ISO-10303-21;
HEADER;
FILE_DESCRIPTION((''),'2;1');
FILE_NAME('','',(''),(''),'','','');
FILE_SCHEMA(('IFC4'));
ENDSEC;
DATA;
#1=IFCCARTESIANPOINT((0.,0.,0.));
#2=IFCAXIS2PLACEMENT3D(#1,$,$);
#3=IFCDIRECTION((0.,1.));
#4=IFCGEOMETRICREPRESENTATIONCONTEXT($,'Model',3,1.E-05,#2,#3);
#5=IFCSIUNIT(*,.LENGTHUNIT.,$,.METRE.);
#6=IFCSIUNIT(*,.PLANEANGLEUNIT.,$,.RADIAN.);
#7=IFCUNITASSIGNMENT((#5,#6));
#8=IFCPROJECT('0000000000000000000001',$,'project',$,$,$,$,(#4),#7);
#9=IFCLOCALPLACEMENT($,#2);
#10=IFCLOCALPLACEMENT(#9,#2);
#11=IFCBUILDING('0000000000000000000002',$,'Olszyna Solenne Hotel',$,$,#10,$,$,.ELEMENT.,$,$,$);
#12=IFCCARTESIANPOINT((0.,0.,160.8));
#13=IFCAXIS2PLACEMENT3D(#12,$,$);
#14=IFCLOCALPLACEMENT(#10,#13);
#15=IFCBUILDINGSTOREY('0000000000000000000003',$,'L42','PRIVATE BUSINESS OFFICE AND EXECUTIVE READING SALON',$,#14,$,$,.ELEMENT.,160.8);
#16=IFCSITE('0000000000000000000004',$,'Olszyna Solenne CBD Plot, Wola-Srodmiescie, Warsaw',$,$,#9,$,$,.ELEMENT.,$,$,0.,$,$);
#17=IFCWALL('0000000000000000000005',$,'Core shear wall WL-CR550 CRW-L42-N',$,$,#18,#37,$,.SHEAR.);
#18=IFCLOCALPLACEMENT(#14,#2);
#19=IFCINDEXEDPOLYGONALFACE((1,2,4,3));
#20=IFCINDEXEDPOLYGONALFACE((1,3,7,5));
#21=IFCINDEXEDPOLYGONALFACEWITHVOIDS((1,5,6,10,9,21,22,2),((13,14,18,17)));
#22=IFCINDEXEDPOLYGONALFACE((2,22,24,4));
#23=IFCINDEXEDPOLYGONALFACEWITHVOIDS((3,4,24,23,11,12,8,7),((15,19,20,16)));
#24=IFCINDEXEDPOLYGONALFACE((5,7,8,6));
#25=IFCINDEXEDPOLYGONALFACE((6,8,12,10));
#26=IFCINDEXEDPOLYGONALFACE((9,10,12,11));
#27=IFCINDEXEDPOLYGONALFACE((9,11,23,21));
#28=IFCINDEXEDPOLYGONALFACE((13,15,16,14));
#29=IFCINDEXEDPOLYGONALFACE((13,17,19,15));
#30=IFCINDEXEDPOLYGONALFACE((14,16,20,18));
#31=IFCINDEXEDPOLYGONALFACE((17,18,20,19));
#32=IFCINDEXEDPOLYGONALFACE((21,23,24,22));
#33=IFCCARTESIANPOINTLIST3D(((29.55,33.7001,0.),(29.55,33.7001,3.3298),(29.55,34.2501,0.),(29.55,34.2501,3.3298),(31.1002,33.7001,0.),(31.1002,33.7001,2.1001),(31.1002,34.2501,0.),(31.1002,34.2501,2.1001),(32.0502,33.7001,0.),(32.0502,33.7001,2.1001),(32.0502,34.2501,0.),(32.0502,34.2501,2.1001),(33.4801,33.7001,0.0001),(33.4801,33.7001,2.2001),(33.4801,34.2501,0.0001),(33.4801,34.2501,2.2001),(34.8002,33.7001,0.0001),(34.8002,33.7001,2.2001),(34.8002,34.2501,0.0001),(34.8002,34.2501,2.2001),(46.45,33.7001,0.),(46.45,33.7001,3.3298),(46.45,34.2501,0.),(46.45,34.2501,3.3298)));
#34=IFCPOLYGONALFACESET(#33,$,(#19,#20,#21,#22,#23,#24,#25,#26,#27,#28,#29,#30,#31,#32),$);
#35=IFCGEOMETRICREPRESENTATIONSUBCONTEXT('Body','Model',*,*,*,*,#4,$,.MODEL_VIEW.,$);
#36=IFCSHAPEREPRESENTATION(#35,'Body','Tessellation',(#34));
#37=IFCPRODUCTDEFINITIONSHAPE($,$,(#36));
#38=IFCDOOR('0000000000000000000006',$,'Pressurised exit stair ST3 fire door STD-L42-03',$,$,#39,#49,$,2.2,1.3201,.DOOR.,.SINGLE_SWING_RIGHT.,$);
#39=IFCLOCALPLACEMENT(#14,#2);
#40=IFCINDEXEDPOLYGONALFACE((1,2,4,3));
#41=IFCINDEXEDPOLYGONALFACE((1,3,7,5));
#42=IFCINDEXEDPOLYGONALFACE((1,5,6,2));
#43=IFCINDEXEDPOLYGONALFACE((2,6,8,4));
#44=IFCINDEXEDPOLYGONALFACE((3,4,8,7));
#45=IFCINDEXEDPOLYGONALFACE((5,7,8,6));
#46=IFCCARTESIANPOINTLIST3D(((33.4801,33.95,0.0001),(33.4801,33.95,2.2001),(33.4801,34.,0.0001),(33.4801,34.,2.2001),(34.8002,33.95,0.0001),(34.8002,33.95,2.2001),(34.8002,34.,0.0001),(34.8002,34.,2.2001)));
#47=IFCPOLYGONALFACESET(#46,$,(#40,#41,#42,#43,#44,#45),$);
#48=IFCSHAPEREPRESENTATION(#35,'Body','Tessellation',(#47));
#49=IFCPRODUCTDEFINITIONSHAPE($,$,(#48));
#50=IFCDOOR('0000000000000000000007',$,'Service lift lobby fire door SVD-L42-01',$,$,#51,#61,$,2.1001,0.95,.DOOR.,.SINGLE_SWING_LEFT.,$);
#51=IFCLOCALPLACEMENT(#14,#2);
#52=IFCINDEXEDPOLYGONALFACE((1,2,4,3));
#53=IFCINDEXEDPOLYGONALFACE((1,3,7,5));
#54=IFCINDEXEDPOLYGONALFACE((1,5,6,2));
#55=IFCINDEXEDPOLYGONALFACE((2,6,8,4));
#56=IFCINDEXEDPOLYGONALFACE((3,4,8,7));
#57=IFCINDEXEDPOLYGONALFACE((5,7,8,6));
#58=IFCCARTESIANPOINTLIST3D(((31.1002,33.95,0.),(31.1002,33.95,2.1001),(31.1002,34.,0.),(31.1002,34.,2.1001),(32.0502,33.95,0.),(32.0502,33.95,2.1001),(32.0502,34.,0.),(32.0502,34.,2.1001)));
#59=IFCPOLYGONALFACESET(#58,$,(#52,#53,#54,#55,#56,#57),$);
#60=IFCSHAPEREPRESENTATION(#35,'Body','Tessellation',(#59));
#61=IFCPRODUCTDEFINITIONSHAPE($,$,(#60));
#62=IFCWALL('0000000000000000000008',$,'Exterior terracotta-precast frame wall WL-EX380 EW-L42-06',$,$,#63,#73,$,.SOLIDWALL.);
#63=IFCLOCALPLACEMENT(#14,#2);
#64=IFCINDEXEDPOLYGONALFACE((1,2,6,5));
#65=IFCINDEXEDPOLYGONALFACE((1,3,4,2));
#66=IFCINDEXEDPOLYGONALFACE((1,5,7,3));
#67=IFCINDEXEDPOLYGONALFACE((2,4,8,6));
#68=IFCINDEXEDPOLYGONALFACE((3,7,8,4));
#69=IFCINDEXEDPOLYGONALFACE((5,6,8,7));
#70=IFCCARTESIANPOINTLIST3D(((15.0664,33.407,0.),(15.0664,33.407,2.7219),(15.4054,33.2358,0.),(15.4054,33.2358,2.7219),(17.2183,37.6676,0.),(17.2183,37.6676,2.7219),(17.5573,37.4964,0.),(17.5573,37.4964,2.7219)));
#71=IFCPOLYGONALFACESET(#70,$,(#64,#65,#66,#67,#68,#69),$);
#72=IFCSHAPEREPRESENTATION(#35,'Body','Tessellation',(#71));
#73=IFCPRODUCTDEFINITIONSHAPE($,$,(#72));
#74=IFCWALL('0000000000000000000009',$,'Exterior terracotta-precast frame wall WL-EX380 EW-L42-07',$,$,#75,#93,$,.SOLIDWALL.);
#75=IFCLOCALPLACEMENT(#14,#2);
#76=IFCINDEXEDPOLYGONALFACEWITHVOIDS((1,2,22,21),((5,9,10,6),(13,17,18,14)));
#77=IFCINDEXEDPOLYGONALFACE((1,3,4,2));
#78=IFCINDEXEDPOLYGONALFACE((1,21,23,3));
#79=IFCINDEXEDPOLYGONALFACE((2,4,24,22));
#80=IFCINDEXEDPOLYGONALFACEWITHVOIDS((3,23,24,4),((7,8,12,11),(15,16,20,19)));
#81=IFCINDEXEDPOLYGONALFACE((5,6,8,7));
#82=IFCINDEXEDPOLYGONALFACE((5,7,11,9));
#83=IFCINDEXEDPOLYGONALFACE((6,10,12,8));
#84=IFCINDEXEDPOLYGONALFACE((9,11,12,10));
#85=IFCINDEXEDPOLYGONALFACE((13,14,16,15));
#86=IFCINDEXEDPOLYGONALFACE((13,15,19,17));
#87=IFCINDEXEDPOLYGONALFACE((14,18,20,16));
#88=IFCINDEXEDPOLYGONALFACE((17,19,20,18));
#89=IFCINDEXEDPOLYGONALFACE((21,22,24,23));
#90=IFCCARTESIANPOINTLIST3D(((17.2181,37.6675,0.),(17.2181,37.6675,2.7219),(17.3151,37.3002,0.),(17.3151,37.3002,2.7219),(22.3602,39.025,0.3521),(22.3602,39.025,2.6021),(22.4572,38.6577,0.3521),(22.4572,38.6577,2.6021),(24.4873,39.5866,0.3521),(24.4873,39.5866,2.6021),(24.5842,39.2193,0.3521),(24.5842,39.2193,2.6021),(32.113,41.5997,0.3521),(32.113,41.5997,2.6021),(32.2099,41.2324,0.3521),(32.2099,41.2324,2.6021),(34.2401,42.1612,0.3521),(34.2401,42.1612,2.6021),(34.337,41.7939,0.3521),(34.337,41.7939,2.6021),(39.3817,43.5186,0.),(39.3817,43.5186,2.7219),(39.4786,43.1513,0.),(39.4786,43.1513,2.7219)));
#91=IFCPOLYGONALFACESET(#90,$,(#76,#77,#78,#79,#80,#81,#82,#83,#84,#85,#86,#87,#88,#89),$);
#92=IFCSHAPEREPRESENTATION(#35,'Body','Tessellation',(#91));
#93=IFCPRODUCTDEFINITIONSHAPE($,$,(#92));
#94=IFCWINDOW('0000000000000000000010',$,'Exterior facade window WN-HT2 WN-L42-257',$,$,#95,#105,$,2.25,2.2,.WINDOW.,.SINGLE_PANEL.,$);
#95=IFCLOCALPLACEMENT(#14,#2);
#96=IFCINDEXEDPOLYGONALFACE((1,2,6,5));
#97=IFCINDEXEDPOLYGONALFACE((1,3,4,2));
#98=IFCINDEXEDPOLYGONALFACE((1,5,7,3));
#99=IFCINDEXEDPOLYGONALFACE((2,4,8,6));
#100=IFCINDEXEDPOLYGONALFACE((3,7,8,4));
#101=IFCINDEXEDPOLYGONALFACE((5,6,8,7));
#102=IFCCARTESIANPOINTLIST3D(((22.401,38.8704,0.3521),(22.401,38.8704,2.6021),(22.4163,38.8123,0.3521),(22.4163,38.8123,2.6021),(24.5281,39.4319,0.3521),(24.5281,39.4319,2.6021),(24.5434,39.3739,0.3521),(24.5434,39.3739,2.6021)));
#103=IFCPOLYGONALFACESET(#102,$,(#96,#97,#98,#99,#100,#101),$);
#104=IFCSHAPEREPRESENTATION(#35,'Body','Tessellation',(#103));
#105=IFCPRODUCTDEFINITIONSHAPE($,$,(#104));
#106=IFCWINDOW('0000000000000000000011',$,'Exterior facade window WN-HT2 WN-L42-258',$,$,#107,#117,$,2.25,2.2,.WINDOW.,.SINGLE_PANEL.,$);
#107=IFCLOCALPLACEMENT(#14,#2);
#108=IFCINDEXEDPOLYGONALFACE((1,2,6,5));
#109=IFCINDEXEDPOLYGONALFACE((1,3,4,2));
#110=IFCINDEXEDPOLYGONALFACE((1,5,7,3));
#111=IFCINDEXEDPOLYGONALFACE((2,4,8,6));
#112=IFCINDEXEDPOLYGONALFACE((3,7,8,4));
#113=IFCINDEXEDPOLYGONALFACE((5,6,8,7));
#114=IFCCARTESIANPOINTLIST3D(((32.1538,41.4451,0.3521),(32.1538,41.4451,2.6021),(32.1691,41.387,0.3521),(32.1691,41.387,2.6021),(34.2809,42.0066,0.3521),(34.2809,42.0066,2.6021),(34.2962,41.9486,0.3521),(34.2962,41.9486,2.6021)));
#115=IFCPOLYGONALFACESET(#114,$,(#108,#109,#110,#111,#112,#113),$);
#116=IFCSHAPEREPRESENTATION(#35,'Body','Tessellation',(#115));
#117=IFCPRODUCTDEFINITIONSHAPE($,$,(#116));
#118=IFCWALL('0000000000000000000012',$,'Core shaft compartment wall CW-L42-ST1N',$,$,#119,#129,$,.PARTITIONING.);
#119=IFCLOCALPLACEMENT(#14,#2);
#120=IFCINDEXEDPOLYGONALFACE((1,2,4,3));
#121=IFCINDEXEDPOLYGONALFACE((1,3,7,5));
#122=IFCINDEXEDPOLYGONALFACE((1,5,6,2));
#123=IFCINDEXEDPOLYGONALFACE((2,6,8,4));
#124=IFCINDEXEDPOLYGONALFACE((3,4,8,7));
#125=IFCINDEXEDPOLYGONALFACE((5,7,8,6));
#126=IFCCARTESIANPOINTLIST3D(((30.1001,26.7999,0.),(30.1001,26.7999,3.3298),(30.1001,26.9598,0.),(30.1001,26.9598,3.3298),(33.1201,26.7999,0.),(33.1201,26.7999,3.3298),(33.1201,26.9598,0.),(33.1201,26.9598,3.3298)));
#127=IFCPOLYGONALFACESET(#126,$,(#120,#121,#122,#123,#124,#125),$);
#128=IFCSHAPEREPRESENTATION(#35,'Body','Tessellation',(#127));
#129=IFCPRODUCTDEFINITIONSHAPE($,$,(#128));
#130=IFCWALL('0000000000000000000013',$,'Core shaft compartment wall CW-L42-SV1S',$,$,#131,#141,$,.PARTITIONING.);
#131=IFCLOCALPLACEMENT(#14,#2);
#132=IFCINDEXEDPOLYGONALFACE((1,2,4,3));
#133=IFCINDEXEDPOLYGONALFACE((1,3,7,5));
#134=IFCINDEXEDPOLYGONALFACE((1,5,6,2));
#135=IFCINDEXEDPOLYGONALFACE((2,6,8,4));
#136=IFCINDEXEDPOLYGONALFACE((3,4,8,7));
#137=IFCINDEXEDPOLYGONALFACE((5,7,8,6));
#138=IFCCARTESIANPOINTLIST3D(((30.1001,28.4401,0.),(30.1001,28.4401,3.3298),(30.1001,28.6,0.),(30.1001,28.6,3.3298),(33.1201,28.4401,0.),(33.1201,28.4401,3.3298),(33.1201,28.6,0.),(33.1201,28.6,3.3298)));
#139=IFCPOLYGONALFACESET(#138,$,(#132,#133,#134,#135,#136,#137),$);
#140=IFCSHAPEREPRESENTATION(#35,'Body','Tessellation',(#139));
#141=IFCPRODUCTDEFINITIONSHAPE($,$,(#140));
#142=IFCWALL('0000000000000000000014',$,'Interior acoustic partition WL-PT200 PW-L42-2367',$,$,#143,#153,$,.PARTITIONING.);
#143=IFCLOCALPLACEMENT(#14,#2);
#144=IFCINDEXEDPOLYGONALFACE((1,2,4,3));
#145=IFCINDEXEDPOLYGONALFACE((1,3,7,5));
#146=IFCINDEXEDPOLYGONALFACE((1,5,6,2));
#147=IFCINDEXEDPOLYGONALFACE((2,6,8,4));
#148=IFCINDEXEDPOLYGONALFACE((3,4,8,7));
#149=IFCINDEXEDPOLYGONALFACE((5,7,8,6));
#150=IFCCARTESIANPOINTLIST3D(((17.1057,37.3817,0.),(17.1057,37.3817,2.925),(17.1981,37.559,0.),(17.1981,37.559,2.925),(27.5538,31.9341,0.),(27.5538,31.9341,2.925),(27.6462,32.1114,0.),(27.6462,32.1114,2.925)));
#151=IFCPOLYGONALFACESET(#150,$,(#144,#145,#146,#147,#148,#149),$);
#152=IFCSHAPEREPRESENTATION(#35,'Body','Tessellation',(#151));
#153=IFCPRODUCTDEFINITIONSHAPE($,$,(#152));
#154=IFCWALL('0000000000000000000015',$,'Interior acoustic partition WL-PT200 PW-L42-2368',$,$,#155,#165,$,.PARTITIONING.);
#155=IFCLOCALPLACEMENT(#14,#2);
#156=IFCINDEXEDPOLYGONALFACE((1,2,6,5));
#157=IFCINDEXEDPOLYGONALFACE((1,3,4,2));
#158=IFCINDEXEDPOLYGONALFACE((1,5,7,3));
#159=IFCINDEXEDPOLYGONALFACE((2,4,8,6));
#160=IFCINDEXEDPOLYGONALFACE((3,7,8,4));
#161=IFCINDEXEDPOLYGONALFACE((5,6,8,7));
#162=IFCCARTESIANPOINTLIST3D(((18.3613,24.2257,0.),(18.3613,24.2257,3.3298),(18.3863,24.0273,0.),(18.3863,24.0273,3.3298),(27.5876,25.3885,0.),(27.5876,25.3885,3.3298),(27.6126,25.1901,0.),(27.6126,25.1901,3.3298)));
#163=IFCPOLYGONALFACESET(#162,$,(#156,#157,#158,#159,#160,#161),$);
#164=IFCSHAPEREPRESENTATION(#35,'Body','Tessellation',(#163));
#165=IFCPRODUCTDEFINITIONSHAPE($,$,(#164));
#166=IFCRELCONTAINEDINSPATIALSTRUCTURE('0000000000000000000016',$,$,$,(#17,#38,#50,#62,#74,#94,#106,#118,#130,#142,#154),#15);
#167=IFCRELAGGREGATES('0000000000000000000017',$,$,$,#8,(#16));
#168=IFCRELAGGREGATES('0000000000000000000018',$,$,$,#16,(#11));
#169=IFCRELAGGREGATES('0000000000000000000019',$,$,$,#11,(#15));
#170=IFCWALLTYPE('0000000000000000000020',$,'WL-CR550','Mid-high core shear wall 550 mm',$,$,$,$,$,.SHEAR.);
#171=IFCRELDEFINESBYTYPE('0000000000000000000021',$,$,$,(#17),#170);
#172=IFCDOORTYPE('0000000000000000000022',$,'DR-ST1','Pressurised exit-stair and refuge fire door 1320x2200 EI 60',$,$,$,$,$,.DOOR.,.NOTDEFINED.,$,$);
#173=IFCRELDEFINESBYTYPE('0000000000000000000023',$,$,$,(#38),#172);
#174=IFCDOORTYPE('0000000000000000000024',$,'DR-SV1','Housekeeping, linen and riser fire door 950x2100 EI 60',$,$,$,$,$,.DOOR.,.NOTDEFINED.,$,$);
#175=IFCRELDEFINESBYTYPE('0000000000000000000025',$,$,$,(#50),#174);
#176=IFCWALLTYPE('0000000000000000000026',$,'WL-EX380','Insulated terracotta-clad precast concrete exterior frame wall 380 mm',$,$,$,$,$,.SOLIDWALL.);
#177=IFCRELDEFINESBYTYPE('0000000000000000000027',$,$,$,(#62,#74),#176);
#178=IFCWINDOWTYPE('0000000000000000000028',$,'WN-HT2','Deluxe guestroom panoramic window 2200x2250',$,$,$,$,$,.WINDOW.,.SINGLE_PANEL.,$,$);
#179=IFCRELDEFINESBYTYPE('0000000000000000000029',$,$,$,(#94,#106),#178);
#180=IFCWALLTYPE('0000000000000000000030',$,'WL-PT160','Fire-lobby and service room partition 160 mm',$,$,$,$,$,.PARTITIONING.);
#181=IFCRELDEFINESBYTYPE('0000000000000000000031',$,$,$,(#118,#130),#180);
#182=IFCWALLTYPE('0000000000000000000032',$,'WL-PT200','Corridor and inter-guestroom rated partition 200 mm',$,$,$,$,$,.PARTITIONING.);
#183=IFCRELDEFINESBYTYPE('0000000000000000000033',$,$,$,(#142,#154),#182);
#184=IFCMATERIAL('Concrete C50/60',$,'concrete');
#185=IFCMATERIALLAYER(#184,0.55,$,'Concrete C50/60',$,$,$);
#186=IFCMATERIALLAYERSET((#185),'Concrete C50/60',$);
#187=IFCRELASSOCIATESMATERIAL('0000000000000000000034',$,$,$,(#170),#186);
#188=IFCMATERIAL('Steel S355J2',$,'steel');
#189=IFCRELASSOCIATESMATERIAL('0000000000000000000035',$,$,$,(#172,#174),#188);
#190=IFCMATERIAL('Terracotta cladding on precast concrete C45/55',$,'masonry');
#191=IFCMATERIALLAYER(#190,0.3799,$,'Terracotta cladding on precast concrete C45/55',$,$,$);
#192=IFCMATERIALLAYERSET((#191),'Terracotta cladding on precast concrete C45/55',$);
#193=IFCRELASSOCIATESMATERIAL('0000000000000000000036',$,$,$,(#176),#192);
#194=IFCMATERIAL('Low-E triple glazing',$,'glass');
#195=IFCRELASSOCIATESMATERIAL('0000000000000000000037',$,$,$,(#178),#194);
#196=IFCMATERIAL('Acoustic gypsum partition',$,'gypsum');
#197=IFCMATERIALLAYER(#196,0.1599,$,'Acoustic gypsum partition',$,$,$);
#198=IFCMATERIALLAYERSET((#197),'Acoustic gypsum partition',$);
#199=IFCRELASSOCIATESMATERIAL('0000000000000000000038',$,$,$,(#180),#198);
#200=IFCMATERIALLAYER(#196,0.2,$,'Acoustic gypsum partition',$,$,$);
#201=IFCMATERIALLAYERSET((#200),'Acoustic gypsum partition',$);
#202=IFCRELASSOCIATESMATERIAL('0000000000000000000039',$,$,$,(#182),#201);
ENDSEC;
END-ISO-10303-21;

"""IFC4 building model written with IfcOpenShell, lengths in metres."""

from ifc_helpers import new_model, si_unit, direction, frame, frame_2d, origin, place, context, subcontext, project, spatial, rectangle, extrude, source, transform, mapped, material, layer, layer_set, type_object, type_shapes, element, fill, save


model = new_model("IFC4")

# Units and contexts
model_context = context("Model", 3, precision=1e-05, world=origin(), true_north=direction((0.0, 1.0)))
body_context = subcontext(model_context, "Body", "Model", "MODEL_VIEW")
ifc_project = project(units=[si_unit("LENGTHUNIT", "METRE"), si_unit("PLANEANGLEUNIT", "RADIAN")], contexts=[model_context])

# Site, building, storey
site_placement = place(None, origin())
site = spatial("IfcSite", under=ifc_project, at=site_placement, Name="Olszyna Solenne CBD Plot, Wola-Srodmiescie, Warsaw", CompositionType="ELEMENT", RefElevation=0.0)
building_placement = place(site_placement, origin())
building = spatial("IfcBuilding", under=site, at=building_placement, Name="Olszyna Solenne Hotel", CompositionType="ELEMENT")
storey_placement = place(building_placement, frame((0.0, 0.0, 160.8)))
storey = spatial("IfcBuildingStorey", under=building, at=storey_placement, Name="L42", Description="PRIVATE BUSINESS OFFICE AND EXECUTIVE READING SALON", CompositionType="ELEMENT", Elevation=160.8)

# Shared definitions
ifc_material_1 = material(Name="Steel S355J2", Category="steel")

# Wall, openings, doors
ifc_material_2 = material(Name="Concrete C50/60", Category="concrete")
ifc_layer_1 = layer(ifc_material_2, 0.55, Name="Concrete C50/60")
ifc_layer_set_1 = layer_set([ifc_layer_1], Name="Concrete C50/60")
wall_type_1 = type_object("IfcWallType", Name="WL-CR550", Description="Mid-high core shear wall 550 mm", PredefinedType="SHEAR", material=ifc_layer_set_1)
wall_1_placement = place(storey_placement, frame((29.55, 33.9751, 0.0), z_axis=(0.0, 0.0, 1.0), x_axis=(1.0, 0.0, 0.0)))
wall_1 = element("IfcWall", 1, at=wall_1_placement, inside=storey, type_object=wall_type_1, Name="Core shear wall WL-CR550 CRW-L42-N", PredefinedType="SHEAR", context=body_context, shape_type="SweptSolid", body=[
    extrude(rectangle(XDim=16.8999, YDim=0.55, at=frame_2d((8.45, 0.0))), origin(), (0.0, 0.0, 1.0), 3.3298),
])
opening_1_placement = place(wall_1_placement, frame((1.55, 0.0, 0.0)))
opening_1 = element("IfcOpeningElement", 2, at=opening_1_placement, cuts=wall_1, PredefinedType="OPENING", context=body_context, shape_type="SweptSolid", body=[
    extrude(rectangle(XDim=0.95, YDim=2.1001, at=frame_2d((0.4751, 1.05))), frame((0.0, 0.2852, 0.0), z_axis=(0.0, -1.0, 0.0), x_axis=(1.0, 0.0, 0.0)), (0.0, 0.0, 1.0), 0.5701),
])
opening_2_placement = place(wall_1_placement, frame((3.9299, 0.0, 0.0)))
opening_2 = element("IfcOpeningElement", 3, at=opening_2_placement, cuts=wall_1, PredefinedType="OPENING", context=body_context, shape_type="SweptSolid", body=[
    extrude(rectangle(XDim=1.3201, YDim=2.2, at=frame_2d((0.6602, 1.1001))), frame((0.0, 0.2852, 0.0), z_axis=(0.0, -1.0, 0.0), x_axis=(1.0, 0.0, 0.0)), (0.0, 0.0, 1.0), 0.5701),
])
door_type_1 = type_object("IfcDoorType", Name="DR-ST1", Description="Pressurised exit-stair and refuge fire door 1320x2200 EI 60", OperationType="NOTDEFINED", PredefinedType="DOOR", material=ifc_material_1)
shared_shape_1 = source(origin(), body_context, "Body", "SweptSolid", [
    extrude(rectangle(XDim=1.3201, YDim=2.2, at=frame_2d((0.6602, 1.1001))), frame((0.0, 0.0249, 0.0), z_axis=(0.0, -1.0, 0.0), x_axis=(1.0, 0.0, 0.0)), (0.0, 0.0, 1.0), 0.05),
])
type_shapes(door_type_1, [shared_shape_1])
door_1_placement = place(opening_2_placement, origin())
door_1 = element("IfcDoor", 4, at=door_1_placement, inside=storey, type_object=door_type_1, Name="Pressurised exit stair ST3 fire door STD-L42-03", OperationType="SINGLE_SWING_RIGHT", OverallHeight=2.2, OverallWidth=1.3201, PredefinedType="DOOR", context=body_context, shape_type="MappedRepresentation", body=[
    mapped(shared_shape_1, transform((0.0, 0.0, 0.0), x_axis=(1.0, 0.0, 0.0), y_axis=(0.0, 1.0, 0.0), z_axis=(0.0, 0.0, 1.0), scale=1.0)),
])
fill(opening_2, door_1)
door_type_2 = type_object("IfcDoorType", Name="DR-SV1", Description="Housekeeping, linen and riser fire door 950x2100 EI 60", OperationType="NOTDEFINED", PredefinedType="DOOR", material=ifc_material_1)
shared_shape_2 = source(origin(), body_context, "Body", "SweptSolid", [
    extrude(rectangle(XDim=0.95, YDim=2.1001, at=frame_2d((0.4751, 1.05))), frame((0.0, 0.0249, 0.0), z_axis=(0.0, -1.0, 0.0), x_axis=(1.0, 0.0, 0.0)), (0.0, 0.0, 1.0), 0.05),
])
type_shapes(door_type_2, [shared_shape_2])
door_2_placement = place(opening_1_placement, origin())
door_2 = element("IfcDoor", 5, at=door_2_placement, inside=storey, type_object=door_type_2, Name="Service lift lobby fire door SVD-L42-01", OperationType="SINGLE_SWING_LEFT", OverallHeight=2.1001, OverallWidth=0.95, PredefinedType="DOOR", context=body_context, shape_type="MappedRepresentation", body=[
    mapped(shared_shape_2, transform((0.0, 0.0, 0.0), x_axis=(1.0, 0.0, 0.0), y_axis=(0.0, 1.0, 0.0), z_axis=(0.0, 0.0, 1.0), scale=1.0)),
])
fill(opening_1, door_2)

# Wall
ifc_material_3 = material(Name="Terracotta cladding on precast concrete C45/55", Category="masonry")
ifc_layer_2 = layer(ifc_material_3, 0.3799, Name="Terracotta cladding on precast concrete C45/55")
ifc_layer_set_2 = layer_set([ifc_layer_2], Name="Terracotta cladding on precast concrete C45/55")
wall_type_2 = type_object("IfcWallType", Name="WL-EX380", Description="Insulated terracotta-clad precast concrete exterior frame wall 380 mm", PredefinedType="SOLIDWALL", material=ifc_layer_set_2)
wall_2_placement = place(storey_placement, frame((15.2358, 33.3213, 0.0), z_axis=(0.0, 0.0, 1.0), x_axis=(0.450831, 0.892609, 0.0)))
element("IfcWall", 6, at=wall_2_placement, inside=storey, type_object=wall_type_2, Name="Exterior terracotta-precast frame wall WL-EX380 EW-L42-06", PredefinedType="SOLIDWALL", context=body_context, shape_type="SweptSolid", body=[
    extrude(rectangle(XDim=4.7732, YDim=0.3799, at=frame_2d((2.3867, 0.0))), origin(), (0.0, 0.0, 1.0), 2.7219),
])

# Wall, openings, windows
wall_3_placement = place(storey_placement, frame((17.2666, 37.4839, 0.0), z_axis=(0.0, 0.0, 1.0), x_axis=(0.966875, 0.25525, 0.0)))
wall_3 = element("IfcWall", 7, at=wall_3_placement, inside=storey, type_object=wall_type_2, Name="Exterior terracotta-precast frame wall WL-EX380 EW-L42-07", PredefinedType="SOLIDWALL", context=body_context, shape_type="SweptSolid", body=[
    extrude(rectangle(XDim=22.9229, YDim=0.3799, at=frame_2d((11.4614, 0.0))), origin(), (0.0, 0.0, 1.0), 2.7219),
])
opening_3_placement = place(wall_3_placement, frame((5.3181, 0.0, 0.3521)))
opening_3 = element("IfcOpeningElement", 8, at=opening_3_placement, cuts=wall_3, PredefinedType="OPENING", context=body_context, shape_type="SweptSolid", body=[
    extrude(rectangle(XDim=2.2, YDim=2.25, at=frame_2d((1.1001, 1.125))), frame((0.0, 0.2, 0.0), z_axis=(0.0, -1.0, 0.0), x_axis=(1.0, 0.0, 0.0)), (0.0, 0.0, 1.0), 0.3999),
])
opening_4_placement = place(wall_3_placement, frame((15.405, 0.0, 0.3521)))
opening_4 = element("IfcOpeningElement", 9, at=opening_4_placement, cuts=wall_3, PredefinedType="OPENING", context=body_context, shape_type="SweptSolid", body=[
    extrude(rectangle(XDim=2.2, YDim=2.25, at=frame_2d((1.1001, 1.125))), frame((0.0, 0.2, 0.0), z_axis=(0.0, -1.0, 0.0), x_axis=(1.0, 0.0, 0.0)), (0.0, 0.0, 1.0), 0.3999),
])
ifc_material_4 = material(Name="Low-E triple glazing", Category="glass")
window_type = type_object("IfcWindowType", Name="WN-HT2", Description="Deluxe guestroom panoramic window 2200x2250", PartitioningType="SINGLE_PANEL", PredefinedType="WINDOW", material=ifc_material_4)
shared_shape_3 = source(origin(), body_context, "Body", "SweptSolid", [
    extrude(rectangle(XDim=2.2, YDim=2.25, at=frame_2d((1.1001, 1.125))), frame((0.0, 0.03, 0.0), z_axis=(0.0, -1.0, 0.0), x_axis=(1.0, 0.0, 0.0)), (0.0, 0.0, 1.0), 0.0601),
])
type_shapes(window_type, [shared_shape_3])
window_1_placement = place(opening_3_placement, origin())
window_1 = element("IfcWindow", 10, at=window_1_placement, inside=storey, type_object=window_type, Name="Exterior facade window WN-HT2 WN-L42-257", OverallHeight=2.25, OverallWidth=2.2, PartitioningType="SINGLE_PANEL", PredefinedType="WINDOW", context=body_context, shape_type="MappedRepresentation", body=[
    mapped(shared_shape_3, transform((0.0, 0.0, 0.0), x_axis=(1.0, 0.0, 0.0), y_axis=(0.0, 1.0, 0.0), z_axis=(0.0, 0.0, 1.0), scale=1.0)),
])
fill(opening_3, window_1)
window_2_placement = place(opening_4_placement, origin())
window_2 = element("IfcWindow", 11, at=window_2_placement, inside=storey, type_object=window_type, Name="Exterior facade window WN-HT2 WN-L42-258", OverallHeight=2.25, OverallWidth=2.2, PartitioningType="SINGLE_PANEL", PredefinedType="WINDOW", context=body_context, shape_type="MappedRepresentation", body=[
    mapped(shared_shape_3, transform((0.0, 0.0, 0.0), x_axis=(1.0, 0.0, 0.0), y_axis=(0.0, 1.0, 0.0), z_axis=(0.0, 0.0, 1.0), scale=1.0)),
])
fill(opening_4, window_2)

# Walls
ifc_material_5 = material(Name="Acoustic gypsum partition", Category="gypsum")
ifc_layer_3 = layer(ifc_material_5, 0.1599, Name="Acoustic gypsum partition")
ifc_layer_set_3 = layer_set([ifc_layer_3], Name="Acoustic gypsum partition")
wall_type_3 = type_object("IfcWallType", Name="WL-PT160", Description="Fire-lobby and service room partition 160 mm", PredefinedType="PARTITIONING", material=ifc_layer_set_3)
for number, where, z_axis, x_axis, name in (
    (12, (30.1001, 26.8799, 0.0), (0.0, 0.0, 1.0), (1.0, 0.0, 0.0), "Core shaft compartment wall CW-L42-ST1N"),
    (13, (30.1001, 28.52, 0.0), (0.0, 0.0, 1.0), (1.0, 0.0, 0.0), "Core shaft compartment wall CW-L42-SV1S"),
):
    element("IfcWall", number, at=place(storey_placement, frame(where, z_axis=z_axis, x_axis=x_axis)), inside=storey, type_object=wall_type_3, Name=name, PredefinedType="PARTITIONING", context=body_context, shape_type="SweptSolid", body=[
        extrude(rectangle(XDim=3.02, YDim=0.1599, at=frame_2d((1.51, 0.0))), origin(), (0.0, 0.0, 1.0), 3.3298),
    ])
ifc_layer_4 = layer(ifc_material_5, 0.2, Name="Acoustic gypsum partition")
ifc_layer_set_4 = layer_set([ifc_layer_4], Name="Acoustic gypsum partition")
wall_type_4 = type_object("IfcWallType", Name="WL-PT200", Description="Corridor and inter-guestroom rated partition 200 mm", PredefinedType="PARTITIONING", material=ifc_layer_set_4)
wall_4_placement = place(storey_placement, frame((27.6001, 32.0227, 0.0), z_axis=(0.0, 0.0, 1.0), x_axis=(-0.886711, 0.462325, 0.0)))
element("IfcWall", 14, at=wall_4_placement, inside=storey, type_object=wall_type_4, Name="Interior acoustic partition WL-PT200 PW-L42-2367", PredefinedType="PARTITIONING", context=body_context, shape_type="SweptSolid", body=[
    extrude(rectangle(XDim=11.783, YDim=0.2, at=frame_2d((5.8916, 0.0))), origin(), (0.0, 0.0, 1.0), 2.925),
])
wall_5_placement = place(storey_placement, frame((27.6001, 25.2893, 0.0), z_axis=(0.0, 0.0, 1.0), x_axis=(-0.992151, -0.125046, 0.0)))
element("IfcWall", 15, at=wall_5_placement, inside=storey, type_object=wall_type_4, Name="Interior acoustic partition WL-PT200 PW-L42-2368", PredefinedType="PARTITIONING", context=body_context, shape_type="SweptSolid", body=[
    extrude(rectangle(XDim=9.2993, YDim=0.2, at=frame_2d((4.6497, 0.0))), origin(), (0.0, 0.0, 1.0), 3.3298),
])

save(model, "model.ifc")
